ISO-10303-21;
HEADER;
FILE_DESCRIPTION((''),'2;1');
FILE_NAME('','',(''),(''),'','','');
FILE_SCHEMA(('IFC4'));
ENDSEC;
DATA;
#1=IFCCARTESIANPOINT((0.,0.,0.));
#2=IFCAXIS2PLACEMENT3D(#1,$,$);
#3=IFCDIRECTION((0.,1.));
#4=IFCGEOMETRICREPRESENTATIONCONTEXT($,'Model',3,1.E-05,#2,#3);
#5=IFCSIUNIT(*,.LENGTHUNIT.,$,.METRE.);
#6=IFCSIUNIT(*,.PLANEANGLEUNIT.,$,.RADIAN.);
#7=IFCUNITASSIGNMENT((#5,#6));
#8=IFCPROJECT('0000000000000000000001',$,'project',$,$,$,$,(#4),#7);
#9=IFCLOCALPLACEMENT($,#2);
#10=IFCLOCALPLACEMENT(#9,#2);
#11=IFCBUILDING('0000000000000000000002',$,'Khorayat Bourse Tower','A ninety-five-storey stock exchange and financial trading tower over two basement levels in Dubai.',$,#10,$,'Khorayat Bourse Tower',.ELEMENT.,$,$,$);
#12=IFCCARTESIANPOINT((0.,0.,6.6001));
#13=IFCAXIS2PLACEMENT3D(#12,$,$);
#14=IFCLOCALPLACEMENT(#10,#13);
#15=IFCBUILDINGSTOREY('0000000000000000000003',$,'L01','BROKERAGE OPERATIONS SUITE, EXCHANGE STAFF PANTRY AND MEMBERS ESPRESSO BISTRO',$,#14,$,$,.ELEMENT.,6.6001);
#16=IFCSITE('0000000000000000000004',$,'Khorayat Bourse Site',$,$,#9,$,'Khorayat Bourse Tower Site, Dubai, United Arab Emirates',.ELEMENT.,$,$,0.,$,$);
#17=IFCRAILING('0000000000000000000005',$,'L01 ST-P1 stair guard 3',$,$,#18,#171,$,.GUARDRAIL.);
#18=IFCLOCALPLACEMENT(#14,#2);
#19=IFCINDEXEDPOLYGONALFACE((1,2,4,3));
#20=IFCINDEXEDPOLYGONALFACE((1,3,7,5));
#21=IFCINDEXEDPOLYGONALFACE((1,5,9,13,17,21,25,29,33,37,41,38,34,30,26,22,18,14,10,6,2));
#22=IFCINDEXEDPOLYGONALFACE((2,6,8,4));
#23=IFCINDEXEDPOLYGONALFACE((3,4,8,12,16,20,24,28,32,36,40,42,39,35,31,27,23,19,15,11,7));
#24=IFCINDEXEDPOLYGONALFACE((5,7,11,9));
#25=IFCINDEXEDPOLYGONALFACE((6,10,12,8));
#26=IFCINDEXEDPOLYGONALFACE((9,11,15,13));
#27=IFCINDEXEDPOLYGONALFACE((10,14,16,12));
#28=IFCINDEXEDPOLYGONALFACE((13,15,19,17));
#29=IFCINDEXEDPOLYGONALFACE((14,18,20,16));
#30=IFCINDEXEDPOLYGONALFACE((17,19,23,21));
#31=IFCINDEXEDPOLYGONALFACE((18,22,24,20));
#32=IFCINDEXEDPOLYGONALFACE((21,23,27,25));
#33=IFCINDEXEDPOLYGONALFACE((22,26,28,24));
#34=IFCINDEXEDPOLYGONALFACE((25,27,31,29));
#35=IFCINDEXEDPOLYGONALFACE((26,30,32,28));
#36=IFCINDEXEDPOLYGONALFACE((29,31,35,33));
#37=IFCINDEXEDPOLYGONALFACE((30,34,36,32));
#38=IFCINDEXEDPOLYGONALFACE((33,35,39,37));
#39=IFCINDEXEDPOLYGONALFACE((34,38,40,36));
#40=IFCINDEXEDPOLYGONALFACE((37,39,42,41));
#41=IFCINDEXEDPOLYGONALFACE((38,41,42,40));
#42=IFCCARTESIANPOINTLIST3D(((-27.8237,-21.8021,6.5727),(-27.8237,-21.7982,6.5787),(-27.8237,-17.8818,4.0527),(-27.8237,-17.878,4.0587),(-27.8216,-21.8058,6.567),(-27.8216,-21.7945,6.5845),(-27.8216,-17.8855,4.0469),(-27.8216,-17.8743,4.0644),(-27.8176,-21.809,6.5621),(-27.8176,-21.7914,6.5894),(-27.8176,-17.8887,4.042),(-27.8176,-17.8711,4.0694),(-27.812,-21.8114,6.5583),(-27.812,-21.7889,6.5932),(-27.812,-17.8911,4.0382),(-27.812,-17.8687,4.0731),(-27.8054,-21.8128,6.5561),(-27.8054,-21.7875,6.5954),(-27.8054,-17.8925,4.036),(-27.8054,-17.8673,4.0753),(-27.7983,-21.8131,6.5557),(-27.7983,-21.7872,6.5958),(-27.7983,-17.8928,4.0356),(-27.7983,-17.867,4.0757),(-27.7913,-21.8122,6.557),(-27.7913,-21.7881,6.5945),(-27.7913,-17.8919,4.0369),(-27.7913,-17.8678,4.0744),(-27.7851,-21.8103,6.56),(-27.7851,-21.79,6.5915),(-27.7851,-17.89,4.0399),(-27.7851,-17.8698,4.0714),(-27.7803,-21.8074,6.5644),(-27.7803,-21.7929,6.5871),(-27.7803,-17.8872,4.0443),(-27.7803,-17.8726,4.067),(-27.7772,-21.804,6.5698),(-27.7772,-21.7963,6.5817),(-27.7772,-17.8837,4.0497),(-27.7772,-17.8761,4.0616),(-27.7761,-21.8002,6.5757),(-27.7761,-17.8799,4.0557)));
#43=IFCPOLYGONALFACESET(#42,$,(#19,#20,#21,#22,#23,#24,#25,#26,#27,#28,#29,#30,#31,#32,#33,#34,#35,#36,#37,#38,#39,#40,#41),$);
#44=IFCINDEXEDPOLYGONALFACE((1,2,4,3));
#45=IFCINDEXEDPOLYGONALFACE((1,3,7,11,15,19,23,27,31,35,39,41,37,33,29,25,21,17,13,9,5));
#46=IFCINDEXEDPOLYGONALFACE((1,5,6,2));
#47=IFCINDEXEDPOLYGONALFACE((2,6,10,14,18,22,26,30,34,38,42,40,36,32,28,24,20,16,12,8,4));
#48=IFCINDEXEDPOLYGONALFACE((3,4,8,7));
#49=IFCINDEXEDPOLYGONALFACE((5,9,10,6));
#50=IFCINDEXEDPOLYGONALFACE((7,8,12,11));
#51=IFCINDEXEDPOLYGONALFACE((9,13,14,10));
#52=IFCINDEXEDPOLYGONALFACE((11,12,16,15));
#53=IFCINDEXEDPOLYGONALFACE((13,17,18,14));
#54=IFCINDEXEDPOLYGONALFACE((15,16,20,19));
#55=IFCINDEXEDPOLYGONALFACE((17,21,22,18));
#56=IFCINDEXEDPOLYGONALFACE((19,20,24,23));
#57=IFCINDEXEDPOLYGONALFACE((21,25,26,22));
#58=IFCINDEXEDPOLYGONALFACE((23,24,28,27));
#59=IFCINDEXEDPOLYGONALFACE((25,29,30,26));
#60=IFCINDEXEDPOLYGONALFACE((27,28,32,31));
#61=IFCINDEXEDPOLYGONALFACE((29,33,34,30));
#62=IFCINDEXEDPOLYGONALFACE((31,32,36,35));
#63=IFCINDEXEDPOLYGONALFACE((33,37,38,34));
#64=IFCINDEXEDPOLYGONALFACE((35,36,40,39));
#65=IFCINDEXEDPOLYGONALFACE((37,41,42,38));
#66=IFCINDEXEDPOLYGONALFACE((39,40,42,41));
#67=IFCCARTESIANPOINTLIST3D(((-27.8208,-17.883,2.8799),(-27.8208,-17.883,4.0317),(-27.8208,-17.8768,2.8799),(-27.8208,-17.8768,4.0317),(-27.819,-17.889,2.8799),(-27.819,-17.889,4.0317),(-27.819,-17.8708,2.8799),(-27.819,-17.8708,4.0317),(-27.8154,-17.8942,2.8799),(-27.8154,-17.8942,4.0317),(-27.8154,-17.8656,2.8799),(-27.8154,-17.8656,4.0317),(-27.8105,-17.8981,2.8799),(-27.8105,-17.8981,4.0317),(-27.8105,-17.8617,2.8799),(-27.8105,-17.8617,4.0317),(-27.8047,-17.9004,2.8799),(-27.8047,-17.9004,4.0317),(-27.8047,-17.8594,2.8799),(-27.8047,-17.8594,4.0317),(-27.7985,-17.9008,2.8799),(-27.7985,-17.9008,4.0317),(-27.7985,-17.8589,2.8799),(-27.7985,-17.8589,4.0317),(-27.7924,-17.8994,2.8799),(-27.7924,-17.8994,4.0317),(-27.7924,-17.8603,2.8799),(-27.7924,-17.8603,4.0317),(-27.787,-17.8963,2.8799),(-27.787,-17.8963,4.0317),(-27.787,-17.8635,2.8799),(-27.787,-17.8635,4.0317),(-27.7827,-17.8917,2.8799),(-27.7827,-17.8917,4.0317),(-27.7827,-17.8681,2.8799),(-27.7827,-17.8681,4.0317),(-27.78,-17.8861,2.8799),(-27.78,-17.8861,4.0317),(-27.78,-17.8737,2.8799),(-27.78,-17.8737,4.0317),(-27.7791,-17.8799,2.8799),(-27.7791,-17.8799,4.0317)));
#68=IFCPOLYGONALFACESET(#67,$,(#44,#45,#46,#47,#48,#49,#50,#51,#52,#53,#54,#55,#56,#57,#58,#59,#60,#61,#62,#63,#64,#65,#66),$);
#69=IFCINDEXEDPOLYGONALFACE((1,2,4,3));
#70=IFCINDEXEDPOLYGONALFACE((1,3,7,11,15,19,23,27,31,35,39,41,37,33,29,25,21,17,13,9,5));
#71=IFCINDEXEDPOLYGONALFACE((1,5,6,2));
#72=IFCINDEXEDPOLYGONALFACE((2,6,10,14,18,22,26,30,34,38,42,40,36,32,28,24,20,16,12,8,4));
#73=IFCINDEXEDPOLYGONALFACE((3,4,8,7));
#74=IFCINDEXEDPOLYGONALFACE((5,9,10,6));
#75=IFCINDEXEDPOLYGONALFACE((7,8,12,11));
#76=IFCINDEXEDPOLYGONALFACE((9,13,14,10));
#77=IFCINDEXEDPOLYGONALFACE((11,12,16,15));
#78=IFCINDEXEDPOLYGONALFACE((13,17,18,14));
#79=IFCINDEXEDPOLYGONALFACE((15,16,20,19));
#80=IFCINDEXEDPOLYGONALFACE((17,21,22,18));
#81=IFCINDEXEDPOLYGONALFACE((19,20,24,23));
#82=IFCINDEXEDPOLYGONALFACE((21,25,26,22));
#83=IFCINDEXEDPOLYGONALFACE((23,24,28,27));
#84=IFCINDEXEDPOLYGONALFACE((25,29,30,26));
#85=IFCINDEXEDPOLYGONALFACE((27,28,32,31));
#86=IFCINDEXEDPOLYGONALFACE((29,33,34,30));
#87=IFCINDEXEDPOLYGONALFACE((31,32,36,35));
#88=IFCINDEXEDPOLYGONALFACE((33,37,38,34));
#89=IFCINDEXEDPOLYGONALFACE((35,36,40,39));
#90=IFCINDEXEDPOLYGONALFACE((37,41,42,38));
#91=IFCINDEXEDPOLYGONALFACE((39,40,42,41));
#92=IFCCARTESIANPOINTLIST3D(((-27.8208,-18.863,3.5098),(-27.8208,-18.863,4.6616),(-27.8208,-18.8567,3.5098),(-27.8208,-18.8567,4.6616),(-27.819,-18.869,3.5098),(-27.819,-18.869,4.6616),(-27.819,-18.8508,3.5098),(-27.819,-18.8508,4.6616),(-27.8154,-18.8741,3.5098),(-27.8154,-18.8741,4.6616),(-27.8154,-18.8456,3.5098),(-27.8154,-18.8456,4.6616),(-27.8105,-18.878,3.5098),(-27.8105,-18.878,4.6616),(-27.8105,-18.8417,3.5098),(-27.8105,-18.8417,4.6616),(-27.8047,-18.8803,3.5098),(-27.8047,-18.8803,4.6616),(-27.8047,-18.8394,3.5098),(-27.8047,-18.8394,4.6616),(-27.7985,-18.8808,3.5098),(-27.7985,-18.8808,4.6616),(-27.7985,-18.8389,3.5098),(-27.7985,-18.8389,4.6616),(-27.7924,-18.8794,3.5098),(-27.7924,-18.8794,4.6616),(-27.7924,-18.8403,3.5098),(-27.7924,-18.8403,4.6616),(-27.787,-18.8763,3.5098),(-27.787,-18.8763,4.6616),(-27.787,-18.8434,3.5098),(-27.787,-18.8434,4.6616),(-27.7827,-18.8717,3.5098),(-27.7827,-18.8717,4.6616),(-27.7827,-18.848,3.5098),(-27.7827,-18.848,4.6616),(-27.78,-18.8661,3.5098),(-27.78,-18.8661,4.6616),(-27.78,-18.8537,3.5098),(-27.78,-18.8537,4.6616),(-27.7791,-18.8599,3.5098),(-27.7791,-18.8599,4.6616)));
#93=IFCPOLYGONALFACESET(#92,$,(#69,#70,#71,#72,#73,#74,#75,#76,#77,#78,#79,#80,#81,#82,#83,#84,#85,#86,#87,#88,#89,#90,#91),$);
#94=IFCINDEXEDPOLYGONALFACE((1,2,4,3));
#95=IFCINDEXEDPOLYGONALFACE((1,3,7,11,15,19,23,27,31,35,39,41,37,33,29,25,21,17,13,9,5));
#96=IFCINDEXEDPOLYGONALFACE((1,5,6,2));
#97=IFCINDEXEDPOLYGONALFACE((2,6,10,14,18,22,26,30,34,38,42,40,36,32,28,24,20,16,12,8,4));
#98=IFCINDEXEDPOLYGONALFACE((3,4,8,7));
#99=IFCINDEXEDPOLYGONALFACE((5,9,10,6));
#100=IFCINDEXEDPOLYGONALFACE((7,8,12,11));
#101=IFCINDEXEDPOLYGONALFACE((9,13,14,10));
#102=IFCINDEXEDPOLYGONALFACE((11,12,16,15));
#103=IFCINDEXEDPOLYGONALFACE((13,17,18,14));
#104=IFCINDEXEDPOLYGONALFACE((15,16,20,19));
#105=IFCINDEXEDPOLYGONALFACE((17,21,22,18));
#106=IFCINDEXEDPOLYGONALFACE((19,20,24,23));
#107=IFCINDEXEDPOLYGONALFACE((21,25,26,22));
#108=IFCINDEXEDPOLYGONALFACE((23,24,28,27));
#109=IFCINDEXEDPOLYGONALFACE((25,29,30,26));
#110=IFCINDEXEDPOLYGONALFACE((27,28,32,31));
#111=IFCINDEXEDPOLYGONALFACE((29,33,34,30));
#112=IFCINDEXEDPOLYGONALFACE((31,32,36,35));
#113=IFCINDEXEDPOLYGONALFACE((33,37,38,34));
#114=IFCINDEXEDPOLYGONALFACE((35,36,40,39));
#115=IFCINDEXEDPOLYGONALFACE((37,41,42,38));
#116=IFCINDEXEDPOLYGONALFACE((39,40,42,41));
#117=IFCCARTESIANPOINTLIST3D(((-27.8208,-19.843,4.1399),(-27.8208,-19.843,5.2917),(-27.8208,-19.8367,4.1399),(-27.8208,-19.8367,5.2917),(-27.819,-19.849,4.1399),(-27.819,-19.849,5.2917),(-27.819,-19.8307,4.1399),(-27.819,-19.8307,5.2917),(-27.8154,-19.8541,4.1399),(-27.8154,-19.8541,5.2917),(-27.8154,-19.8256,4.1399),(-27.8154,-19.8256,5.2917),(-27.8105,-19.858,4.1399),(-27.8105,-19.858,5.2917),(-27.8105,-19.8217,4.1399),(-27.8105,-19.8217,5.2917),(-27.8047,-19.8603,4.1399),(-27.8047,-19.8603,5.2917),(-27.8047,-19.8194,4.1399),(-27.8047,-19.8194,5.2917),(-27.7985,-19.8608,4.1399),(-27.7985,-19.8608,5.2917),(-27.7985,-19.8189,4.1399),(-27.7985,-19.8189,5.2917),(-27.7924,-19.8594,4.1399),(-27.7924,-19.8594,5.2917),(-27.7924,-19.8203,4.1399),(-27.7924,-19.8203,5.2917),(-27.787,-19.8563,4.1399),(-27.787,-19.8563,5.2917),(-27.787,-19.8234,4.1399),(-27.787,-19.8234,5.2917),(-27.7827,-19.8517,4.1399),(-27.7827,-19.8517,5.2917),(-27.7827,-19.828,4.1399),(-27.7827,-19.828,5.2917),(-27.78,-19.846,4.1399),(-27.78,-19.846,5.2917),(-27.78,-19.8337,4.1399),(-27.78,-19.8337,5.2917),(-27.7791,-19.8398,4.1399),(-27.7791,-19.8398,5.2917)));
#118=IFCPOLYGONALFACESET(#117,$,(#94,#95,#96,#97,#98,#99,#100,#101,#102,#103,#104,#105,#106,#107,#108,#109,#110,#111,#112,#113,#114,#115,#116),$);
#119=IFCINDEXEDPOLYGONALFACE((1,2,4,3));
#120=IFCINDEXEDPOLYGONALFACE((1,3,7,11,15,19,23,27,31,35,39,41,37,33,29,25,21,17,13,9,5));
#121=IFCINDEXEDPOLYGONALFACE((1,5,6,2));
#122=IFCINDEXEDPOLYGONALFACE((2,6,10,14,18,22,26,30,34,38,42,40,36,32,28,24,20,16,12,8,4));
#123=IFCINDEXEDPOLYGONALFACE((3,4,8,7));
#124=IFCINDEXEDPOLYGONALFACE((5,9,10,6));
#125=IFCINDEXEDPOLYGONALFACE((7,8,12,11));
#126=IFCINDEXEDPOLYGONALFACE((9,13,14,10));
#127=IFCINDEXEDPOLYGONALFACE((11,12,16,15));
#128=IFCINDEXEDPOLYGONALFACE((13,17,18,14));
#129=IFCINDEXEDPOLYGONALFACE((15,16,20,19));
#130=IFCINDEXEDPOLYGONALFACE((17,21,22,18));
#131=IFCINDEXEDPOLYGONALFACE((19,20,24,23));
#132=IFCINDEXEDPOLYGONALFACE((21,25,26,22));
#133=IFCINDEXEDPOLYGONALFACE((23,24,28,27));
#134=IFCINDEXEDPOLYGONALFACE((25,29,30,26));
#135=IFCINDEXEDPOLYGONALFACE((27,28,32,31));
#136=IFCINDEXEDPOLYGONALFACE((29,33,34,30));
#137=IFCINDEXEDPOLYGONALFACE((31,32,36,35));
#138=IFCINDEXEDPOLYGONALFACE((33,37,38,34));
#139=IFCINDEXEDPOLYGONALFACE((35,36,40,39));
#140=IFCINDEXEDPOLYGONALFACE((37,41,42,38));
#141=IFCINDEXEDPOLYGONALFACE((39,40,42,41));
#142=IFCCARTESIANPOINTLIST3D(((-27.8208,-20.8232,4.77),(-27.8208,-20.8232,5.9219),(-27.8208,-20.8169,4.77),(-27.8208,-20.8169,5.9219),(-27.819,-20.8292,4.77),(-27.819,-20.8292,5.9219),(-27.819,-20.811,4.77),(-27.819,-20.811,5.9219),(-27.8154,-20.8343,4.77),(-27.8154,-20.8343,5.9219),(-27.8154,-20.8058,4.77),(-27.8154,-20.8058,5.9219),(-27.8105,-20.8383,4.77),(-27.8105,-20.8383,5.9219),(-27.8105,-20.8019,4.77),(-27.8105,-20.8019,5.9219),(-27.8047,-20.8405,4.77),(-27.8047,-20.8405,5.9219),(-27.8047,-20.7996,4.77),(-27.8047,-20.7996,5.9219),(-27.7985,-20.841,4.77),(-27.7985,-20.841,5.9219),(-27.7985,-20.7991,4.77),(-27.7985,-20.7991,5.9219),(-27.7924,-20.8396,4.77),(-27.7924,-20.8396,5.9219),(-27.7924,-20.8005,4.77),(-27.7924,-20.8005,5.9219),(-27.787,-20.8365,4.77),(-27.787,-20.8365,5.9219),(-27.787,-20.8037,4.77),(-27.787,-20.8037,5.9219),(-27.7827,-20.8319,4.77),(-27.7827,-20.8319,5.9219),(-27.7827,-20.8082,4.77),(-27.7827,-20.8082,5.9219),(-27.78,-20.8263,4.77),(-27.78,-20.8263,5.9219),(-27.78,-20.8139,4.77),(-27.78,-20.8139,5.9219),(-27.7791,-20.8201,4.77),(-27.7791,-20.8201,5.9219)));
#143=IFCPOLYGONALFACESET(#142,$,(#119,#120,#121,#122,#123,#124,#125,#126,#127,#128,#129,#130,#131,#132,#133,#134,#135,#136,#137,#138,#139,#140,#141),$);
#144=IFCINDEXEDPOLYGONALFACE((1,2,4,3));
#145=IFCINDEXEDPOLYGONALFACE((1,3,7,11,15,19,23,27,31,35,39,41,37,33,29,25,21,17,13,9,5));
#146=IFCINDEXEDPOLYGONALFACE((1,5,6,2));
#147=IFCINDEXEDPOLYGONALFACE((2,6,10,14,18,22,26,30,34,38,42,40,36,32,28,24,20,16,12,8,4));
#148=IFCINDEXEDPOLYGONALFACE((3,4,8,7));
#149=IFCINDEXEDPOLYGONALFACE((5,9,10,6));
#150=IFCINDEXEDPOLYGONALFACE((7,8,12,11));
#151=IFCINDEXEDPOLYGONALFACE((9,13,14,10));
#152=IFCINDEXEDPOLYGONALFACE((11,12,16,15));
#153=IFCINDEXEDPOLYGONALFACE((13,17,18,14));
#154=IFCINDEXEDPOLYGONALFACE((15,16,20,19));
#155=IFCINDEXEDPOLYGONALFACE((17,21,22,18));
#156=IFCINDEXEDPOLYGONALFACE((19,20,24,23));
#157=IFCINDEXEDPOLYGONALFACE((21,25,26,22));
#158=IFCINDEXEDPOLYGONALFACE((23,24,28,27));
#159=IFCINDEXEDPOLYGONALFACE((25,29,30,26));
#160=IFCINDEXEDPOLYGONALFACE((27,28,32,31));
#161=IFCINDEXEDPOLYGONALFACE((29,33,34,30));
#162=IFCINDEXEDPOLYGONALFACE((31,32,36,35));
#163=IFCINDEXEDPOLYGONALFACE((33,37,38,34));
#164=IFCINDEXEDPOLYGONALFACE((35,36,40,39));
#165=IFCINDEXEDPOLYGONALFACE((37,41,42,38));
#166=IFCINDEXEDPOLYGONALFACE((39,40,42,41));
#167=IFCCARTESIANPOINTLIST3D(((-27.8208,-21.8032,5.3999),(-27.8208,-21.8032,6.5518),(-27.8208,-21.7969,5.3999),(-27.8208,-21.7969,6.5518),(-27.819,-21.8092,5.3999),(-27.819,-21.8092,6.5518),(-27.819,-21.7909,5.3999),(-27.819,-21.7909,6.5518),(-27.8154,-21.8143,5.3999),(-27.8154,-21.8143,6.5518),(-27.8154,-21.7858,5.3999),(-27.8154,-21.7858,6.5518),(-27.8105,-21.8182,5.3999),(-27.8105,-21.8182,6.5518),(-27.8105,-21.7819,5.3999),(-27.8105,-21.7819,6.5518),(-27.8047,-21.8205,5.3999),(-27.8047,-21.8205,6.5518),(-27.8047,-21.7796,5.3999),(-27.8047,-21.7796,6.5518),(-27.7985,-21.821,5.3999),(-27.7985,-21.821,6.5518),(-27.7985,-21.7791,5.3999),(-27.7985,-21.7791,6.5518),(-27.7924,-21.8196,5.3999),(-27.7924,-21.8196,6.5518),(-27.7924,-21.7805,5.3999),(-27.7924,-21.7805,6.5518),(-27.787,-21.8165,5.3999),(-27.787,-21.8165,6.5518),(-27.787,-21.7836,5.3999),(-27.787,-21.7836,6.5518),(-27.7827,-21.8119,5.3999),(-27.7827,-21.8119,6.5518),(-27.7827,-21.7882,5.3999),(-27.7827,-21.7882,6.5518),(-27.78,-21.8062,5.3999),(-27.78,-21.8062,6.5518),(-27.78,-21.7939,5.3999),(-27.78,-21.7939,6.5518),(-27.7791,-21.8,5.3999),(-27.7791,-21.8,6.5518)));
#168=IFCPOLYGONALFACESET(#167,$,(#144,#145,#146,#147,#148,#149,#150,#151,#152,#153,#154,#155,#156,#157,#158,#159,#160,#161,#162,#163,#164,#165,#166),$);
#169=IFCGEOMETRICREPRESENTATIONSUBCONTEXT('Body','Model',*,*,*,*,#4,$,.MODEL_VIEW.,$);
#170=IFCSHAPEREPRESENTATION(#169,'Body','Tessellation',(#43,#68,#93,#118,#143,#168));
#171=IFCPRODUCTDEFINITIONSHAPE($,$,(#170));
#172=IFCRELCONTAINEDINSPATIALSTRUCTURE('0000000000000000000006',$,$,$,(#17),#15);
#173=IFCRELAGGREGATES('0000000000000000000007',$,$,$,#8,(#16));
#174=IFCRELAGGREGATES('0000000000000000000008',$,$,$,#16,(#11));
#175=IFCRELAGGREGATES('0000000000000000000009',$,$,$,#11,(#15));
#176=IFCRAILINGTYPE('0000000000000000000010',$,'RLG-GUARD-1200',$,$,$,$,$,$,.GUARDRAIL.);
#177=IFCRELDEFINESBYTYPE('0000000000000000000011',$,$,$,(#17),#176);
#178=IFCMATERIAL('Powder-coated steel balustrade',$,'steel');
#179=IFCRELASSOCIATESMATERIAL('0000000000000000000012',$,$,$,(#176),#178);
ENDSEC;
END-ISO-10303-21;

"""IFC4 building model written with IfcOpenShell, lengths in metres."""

from ifc_helpers import new_model, si_unit, direction, frame, origin, origin_2d, place, context, subcontext, project, spatial, circle, extrude, source, transform, mapped, material, type_object, element, save


model = new_model("IFC4")

# Units and contexts
model_context = context("Model", 3, precision=1e-05, world=origin(), true_north=direction((0.0, 1.0)))
body_context = subcontext(model_context, "Body", "Model", "MODEL_VIEW")
ifc_project = project(units=[si_unit("LENGTHUNIT", "METRE"), si_unit("PLANEANGLEUNIT", "RADIAN")], contexts=[model_context])

# Site, building, storey
site_placement = place(None, origin())
site = spatial("IfcSite", under=ifc_project, at=site_placement, Name="Khorayat Bourse Site", LongName="Khorayat Bourse Tower Site, Dubai, United Arab Emirates", CompositionType="ELEMENT", RefElevation=0.0)
building_placement = place(site_placement, origin())
building = spatial("IfcBuilding", under=site, at=building_placement, Name="Khorayat Bourse Tower", Description="A ninety-five-storey stock exchange and financial trading tower over two basement levels in Dubai.", LongName="Khorayat Bourse Tower", CompositionType="ELEMENT")
storey_placement = place(building_placement, frame((0.0, 0.0, 6.6001)))
storey = spatial("IfcBuildingStorey", under=building, at=storey_placement, Name="L01", Description="BROKERAGE OPERATIONS SUITE, EXCHANGE STAFF PANTRY AND MEMBERS ESPRESSO BISTRO", CompositionType="ELEMENT", Elevation=6.6001)

# Railing
ifc_material_1 = material(Name="Powder-coated steel balustrade", Category="steel")
railing_type_1 = type_object("IfcRailingType", Name="RLG-GUARD-1200", PredefinedType="GUARDRAIL", material=ifc_material_1)
shared_shape_1 = source(origin(), body_context, "Body", "SweptSolid", [
    extrude(circle(Radius=0.0239, at=origin_2d()), frame((0.0, 0.0, 1.1758), z_axis=(0.0, -0.841187, 0.540744), x_axis=(1.0, 0.0, 0.0)), (0.0, 0.0, 1.0), 4.6604),
    extrude(circle(Radius=0.021, at=origin_2d()), origin(), (0.0, 0.0, 1.0), 1.1519),
    extrude(circle(Radius=0.021, at=origin_2d()), frame((0.0, -0.98, 0.6299)), (0.0, 0.0, 1.0), 1.1519),
    extrude(circle(Radius=0.021, at=origin_2d()), frame((0.0, -1.96, 1.26)), (0.0, 0.0, 1.0), 1.1519),
    extrude(circle(Radius=0.021, at=origin_2d()), frame((0.0, -2.9402, 1.8901)), (0.0, 0.0, 1.0), 1.1519),
    extrude(circle(Radius=0.021, at=origin_2d()), frame((0.0, -3.9202, 2.52)), (0.0, 0.0, 1.0), 1.1519),
])
railing_1_placement = place(storey_placement, frame((-27.8, -17.8799, 2.8799)))
element("IfcRailing", 1, at=railing_1_placement, inside=storey, type_object=railing_type_1, Name="L01 ST-P1 stair guard 3", PredefinedType="GUARDRAIL", context=body_context, shape_type="MappedRepresentation", body=[
    mapped(shared_shape_1, transform((0.0, 0.0, 0.0), scale=1.0)),
])

save(model, "model.ifc")
